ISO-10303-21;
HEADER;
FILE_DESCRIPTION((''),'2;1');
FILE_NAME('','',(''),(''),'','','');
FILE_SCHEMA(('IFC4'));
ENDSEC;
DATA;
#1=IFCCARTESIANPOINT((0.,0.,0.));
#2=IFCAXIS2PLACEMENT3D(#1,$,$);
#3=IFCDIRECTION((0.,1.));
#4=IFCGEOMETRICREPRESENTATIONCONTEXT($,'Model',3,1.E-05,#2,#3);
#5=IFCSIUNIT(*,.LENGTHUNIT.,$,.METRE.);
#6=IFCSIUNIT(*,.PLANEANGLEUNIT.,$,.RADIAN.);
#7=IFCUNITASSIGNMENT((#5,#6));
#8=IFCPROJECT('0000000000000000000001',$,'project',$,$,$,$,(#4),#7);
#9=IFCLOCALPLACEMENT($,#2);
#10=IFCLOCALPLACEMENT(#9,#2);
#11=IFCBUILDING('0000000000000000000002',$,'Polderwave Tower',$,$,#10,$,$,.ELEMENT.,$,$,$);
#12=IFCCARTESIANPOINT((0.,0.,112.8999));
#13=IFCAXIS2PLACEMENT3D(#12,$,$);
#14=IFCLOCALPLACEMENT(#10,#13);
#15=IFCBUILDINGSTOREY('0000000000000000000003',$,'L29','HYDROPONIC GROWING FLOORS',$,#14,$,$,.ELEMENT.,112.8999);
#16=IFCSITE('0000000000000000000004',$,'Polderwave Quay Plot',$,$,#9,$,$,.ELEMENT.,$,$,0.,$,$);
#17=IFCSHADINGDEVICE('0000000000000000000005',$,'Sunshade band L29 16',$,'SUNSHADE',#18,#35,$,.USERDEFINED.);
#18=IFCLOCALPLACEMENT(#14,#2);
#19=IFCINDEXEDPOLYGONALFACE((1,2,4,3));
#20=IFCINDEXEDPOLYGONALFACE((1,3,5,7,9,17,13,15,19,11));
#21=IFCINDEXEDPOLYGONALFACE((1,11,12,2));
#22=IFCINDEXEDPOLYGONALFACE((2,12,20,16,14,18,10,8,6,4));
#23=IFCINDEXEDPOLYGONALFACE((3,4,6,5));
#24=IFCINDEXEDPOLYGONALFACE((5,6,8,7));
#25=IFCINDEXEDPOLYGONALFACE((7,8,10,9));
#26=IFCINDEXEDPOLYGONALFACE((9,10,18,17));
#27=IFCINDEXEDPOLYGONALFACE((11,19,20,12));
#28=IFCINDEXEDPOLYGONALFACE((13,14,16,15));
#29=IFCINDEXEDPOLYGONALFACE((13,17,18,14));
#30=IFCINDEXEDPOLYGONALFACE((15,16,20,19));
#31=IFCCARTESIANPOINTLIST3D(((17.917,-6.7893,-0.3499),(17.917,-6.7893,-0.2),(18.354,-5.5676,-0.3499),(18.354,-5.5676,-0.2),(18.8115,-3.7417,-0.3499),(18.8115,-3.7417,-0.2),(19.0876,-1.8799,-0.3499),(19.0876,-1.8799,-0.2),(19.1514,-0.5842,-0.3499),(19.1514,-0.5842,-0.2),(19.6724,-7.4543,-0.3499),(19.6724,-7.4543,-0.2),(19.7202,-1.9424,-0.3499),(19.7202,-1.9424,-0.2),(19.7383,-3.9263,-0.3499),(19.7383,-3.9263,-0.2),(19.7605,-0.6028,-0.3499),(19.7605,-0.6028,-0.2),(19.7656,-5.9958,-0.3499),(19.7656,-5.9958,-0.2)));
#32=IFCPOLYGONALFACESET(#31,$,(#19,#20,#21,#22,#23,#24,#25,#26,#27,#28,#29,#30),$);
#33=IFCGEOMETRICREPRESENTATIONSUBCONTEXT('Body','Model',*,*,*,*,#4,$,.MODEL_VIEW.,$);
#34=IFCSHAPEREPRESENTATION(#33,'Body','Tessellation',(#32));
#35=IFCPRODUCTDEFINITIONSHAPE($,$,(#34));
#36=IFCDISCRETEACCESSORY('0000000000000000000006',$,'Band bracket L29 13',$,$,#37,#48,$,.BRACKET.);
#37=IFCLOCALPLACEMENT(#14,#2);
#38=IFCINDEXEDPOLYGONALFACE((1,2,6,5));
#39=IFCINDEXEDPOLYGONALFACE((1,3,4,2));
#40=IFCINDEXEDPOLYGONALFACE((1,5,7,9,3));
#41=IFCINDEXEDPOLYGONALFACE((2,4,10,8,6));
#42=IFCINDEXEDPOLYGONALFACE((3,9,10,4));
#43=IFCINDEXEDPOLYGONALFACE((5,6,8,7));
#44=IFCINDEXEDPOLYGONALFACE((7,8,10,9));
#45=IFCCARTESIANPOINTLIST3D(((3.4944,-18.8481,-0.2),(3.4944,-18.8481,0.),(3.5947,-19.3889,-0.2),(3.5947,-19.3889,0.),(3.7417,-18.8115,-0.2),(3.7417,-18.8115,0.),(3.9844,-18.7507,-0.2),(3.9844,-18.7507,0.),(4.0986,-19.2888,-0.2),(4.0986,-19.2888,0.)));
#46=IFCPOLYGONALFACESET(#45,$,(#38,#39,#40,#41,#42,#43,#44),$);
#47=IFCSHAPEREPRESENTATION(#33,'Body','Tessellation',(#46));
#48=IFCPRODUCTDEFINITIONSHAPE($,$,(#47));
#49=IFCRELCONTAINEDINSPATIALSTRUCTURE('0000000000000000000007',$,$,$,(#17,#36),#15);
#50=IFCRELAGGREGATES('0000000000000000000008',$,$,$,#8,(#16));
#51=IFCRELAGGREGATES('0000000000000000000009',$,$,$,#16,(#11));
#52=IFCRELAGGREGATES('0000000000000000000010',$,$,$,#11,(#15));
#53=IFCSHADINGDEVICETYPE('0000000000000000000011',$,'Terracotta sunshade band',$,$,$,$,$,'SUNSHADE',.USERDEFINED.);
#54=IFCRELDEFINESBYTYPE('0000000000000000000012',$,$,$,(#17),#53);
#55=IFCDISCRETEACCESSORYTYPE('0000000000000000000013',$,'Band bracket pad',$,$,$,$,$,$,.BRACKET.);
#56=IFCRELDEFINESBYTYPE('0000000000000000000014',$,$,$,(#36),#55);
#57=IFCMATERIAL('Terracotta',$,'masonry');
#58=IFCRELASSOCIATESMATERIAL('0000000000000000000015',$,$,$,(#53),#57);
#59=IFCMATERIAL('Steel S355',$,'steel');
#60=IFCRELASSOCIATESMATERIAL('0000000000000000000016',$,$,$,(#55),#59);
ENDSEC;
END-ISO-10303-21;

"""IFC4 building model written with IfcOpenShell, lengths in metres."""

from ifc_helpers import new_model, si_unit, direction, frame, origin, place, context, subcontext, project, spatial, polyline, outline, extrude, material, type_object, element, save


model = new_model("IFC4")

# Units and contexts
model_context = context("Model", 3, precision=1e-05, world=origin(), true_north=direction((0.0, 1.0)))
body_context = subcontext(model_context, "Body", "Model", "MODEL_VIEW")
ifc_project = project(units=[si_unit("LENGTHUNIT", "METRE"), si_unit("PLANEANGLEUNIT", "RADIAN")], contexts=[model_context])

# Site, building, storey
site_placement = place(None, origin())
site = spatial("IfcSite", under=ifc_project, at=site_placement, Name="Polderwave Quay Plot", CompositionType="ELEMENT", RefElevation=0.0)
building_placement = place(site_placement, origin())
building = spatial("IfcBuilding", under=site, at=building_placement, Name="Polderwave Tower", CompositionType="ELEMENT")
storey_placement = place(building_placement, frame((0.0, 0.0, 112.8999)))
storey = spatial("IfcBuildingStorey", under=building, at=storey_placement, Name="L29", Description="HYDROPONIC GROWING FLOORS", CompositionType="ELEMENT", Elevation=112.8999)

# Shading device
ifc_material_1 = material(Name="Terracotta", Category="masonry")
shading_device_type = type_object("IfcShadingDeviceType", Name="Terracotta sunshade band", ElementType="SUNSHADE", PredefinedType="USERDEFINED", material=ifc_material_1)
shading_device_1_placement = place(storey_placement, frame((0.0, 0.0, -0.3499)))
element("IfcShadingDevice", 1, at=shading_device_1_placement, inside=storey, type_object=shading_device_type, Name="Sunshade band L29 16", ObjectType="SUNSHADE", PredefinedType="USERDEFINED", context=body_context, shape_type="SweptSolid", body=[
    extrude(outline(polyline([(17.917, -6.7893), (18.354, -5.5676), (18.8115, -3.7417), (19.0876, -1.8799), (19.1514, -0.5842), (19.7605, -0.6028), (19.7202, -1.9424), (19.7383, -3.9263), (19.7656, -5.9958), (19.6724, -7.4543), (17.917, -6.7893)])), origin(), (0.0, 0.0, 1.0), 0.1499),
])

# Discrete accessory
ifc_material_2 = material(Name="Steel S355", Category="steel")
discrete_accessory_type = type_object("IfcDiscreteAccessoryType", Name="Band bracket pad", PredefinedType="BRACKET", material=ifc_material_2)
discrete_accessory_placement = place(storey_placement, frame((0.0, 0.0, -0.2)))
element("IfcDiscreteAccessory", 2, at=discrete_accessory_placement, inside=storey, type_object=discrete_accessory_type, Name="Band bracket L29 13", PredefinedType="BRACKET", context=body_context, shape_type="SweptSolid", body=[
    extrude(outline(polyline([(3.4944, -18.8481), (3.7417, -18.8115), (3.9844, -18.7507), (4.0986, -19.2888), (3.5947, -19.3889), (3.4944, -18.8481)])), origin(), (0.0, 0.0, 1.0), 0.2),
])

save(model, "model.ifc")
